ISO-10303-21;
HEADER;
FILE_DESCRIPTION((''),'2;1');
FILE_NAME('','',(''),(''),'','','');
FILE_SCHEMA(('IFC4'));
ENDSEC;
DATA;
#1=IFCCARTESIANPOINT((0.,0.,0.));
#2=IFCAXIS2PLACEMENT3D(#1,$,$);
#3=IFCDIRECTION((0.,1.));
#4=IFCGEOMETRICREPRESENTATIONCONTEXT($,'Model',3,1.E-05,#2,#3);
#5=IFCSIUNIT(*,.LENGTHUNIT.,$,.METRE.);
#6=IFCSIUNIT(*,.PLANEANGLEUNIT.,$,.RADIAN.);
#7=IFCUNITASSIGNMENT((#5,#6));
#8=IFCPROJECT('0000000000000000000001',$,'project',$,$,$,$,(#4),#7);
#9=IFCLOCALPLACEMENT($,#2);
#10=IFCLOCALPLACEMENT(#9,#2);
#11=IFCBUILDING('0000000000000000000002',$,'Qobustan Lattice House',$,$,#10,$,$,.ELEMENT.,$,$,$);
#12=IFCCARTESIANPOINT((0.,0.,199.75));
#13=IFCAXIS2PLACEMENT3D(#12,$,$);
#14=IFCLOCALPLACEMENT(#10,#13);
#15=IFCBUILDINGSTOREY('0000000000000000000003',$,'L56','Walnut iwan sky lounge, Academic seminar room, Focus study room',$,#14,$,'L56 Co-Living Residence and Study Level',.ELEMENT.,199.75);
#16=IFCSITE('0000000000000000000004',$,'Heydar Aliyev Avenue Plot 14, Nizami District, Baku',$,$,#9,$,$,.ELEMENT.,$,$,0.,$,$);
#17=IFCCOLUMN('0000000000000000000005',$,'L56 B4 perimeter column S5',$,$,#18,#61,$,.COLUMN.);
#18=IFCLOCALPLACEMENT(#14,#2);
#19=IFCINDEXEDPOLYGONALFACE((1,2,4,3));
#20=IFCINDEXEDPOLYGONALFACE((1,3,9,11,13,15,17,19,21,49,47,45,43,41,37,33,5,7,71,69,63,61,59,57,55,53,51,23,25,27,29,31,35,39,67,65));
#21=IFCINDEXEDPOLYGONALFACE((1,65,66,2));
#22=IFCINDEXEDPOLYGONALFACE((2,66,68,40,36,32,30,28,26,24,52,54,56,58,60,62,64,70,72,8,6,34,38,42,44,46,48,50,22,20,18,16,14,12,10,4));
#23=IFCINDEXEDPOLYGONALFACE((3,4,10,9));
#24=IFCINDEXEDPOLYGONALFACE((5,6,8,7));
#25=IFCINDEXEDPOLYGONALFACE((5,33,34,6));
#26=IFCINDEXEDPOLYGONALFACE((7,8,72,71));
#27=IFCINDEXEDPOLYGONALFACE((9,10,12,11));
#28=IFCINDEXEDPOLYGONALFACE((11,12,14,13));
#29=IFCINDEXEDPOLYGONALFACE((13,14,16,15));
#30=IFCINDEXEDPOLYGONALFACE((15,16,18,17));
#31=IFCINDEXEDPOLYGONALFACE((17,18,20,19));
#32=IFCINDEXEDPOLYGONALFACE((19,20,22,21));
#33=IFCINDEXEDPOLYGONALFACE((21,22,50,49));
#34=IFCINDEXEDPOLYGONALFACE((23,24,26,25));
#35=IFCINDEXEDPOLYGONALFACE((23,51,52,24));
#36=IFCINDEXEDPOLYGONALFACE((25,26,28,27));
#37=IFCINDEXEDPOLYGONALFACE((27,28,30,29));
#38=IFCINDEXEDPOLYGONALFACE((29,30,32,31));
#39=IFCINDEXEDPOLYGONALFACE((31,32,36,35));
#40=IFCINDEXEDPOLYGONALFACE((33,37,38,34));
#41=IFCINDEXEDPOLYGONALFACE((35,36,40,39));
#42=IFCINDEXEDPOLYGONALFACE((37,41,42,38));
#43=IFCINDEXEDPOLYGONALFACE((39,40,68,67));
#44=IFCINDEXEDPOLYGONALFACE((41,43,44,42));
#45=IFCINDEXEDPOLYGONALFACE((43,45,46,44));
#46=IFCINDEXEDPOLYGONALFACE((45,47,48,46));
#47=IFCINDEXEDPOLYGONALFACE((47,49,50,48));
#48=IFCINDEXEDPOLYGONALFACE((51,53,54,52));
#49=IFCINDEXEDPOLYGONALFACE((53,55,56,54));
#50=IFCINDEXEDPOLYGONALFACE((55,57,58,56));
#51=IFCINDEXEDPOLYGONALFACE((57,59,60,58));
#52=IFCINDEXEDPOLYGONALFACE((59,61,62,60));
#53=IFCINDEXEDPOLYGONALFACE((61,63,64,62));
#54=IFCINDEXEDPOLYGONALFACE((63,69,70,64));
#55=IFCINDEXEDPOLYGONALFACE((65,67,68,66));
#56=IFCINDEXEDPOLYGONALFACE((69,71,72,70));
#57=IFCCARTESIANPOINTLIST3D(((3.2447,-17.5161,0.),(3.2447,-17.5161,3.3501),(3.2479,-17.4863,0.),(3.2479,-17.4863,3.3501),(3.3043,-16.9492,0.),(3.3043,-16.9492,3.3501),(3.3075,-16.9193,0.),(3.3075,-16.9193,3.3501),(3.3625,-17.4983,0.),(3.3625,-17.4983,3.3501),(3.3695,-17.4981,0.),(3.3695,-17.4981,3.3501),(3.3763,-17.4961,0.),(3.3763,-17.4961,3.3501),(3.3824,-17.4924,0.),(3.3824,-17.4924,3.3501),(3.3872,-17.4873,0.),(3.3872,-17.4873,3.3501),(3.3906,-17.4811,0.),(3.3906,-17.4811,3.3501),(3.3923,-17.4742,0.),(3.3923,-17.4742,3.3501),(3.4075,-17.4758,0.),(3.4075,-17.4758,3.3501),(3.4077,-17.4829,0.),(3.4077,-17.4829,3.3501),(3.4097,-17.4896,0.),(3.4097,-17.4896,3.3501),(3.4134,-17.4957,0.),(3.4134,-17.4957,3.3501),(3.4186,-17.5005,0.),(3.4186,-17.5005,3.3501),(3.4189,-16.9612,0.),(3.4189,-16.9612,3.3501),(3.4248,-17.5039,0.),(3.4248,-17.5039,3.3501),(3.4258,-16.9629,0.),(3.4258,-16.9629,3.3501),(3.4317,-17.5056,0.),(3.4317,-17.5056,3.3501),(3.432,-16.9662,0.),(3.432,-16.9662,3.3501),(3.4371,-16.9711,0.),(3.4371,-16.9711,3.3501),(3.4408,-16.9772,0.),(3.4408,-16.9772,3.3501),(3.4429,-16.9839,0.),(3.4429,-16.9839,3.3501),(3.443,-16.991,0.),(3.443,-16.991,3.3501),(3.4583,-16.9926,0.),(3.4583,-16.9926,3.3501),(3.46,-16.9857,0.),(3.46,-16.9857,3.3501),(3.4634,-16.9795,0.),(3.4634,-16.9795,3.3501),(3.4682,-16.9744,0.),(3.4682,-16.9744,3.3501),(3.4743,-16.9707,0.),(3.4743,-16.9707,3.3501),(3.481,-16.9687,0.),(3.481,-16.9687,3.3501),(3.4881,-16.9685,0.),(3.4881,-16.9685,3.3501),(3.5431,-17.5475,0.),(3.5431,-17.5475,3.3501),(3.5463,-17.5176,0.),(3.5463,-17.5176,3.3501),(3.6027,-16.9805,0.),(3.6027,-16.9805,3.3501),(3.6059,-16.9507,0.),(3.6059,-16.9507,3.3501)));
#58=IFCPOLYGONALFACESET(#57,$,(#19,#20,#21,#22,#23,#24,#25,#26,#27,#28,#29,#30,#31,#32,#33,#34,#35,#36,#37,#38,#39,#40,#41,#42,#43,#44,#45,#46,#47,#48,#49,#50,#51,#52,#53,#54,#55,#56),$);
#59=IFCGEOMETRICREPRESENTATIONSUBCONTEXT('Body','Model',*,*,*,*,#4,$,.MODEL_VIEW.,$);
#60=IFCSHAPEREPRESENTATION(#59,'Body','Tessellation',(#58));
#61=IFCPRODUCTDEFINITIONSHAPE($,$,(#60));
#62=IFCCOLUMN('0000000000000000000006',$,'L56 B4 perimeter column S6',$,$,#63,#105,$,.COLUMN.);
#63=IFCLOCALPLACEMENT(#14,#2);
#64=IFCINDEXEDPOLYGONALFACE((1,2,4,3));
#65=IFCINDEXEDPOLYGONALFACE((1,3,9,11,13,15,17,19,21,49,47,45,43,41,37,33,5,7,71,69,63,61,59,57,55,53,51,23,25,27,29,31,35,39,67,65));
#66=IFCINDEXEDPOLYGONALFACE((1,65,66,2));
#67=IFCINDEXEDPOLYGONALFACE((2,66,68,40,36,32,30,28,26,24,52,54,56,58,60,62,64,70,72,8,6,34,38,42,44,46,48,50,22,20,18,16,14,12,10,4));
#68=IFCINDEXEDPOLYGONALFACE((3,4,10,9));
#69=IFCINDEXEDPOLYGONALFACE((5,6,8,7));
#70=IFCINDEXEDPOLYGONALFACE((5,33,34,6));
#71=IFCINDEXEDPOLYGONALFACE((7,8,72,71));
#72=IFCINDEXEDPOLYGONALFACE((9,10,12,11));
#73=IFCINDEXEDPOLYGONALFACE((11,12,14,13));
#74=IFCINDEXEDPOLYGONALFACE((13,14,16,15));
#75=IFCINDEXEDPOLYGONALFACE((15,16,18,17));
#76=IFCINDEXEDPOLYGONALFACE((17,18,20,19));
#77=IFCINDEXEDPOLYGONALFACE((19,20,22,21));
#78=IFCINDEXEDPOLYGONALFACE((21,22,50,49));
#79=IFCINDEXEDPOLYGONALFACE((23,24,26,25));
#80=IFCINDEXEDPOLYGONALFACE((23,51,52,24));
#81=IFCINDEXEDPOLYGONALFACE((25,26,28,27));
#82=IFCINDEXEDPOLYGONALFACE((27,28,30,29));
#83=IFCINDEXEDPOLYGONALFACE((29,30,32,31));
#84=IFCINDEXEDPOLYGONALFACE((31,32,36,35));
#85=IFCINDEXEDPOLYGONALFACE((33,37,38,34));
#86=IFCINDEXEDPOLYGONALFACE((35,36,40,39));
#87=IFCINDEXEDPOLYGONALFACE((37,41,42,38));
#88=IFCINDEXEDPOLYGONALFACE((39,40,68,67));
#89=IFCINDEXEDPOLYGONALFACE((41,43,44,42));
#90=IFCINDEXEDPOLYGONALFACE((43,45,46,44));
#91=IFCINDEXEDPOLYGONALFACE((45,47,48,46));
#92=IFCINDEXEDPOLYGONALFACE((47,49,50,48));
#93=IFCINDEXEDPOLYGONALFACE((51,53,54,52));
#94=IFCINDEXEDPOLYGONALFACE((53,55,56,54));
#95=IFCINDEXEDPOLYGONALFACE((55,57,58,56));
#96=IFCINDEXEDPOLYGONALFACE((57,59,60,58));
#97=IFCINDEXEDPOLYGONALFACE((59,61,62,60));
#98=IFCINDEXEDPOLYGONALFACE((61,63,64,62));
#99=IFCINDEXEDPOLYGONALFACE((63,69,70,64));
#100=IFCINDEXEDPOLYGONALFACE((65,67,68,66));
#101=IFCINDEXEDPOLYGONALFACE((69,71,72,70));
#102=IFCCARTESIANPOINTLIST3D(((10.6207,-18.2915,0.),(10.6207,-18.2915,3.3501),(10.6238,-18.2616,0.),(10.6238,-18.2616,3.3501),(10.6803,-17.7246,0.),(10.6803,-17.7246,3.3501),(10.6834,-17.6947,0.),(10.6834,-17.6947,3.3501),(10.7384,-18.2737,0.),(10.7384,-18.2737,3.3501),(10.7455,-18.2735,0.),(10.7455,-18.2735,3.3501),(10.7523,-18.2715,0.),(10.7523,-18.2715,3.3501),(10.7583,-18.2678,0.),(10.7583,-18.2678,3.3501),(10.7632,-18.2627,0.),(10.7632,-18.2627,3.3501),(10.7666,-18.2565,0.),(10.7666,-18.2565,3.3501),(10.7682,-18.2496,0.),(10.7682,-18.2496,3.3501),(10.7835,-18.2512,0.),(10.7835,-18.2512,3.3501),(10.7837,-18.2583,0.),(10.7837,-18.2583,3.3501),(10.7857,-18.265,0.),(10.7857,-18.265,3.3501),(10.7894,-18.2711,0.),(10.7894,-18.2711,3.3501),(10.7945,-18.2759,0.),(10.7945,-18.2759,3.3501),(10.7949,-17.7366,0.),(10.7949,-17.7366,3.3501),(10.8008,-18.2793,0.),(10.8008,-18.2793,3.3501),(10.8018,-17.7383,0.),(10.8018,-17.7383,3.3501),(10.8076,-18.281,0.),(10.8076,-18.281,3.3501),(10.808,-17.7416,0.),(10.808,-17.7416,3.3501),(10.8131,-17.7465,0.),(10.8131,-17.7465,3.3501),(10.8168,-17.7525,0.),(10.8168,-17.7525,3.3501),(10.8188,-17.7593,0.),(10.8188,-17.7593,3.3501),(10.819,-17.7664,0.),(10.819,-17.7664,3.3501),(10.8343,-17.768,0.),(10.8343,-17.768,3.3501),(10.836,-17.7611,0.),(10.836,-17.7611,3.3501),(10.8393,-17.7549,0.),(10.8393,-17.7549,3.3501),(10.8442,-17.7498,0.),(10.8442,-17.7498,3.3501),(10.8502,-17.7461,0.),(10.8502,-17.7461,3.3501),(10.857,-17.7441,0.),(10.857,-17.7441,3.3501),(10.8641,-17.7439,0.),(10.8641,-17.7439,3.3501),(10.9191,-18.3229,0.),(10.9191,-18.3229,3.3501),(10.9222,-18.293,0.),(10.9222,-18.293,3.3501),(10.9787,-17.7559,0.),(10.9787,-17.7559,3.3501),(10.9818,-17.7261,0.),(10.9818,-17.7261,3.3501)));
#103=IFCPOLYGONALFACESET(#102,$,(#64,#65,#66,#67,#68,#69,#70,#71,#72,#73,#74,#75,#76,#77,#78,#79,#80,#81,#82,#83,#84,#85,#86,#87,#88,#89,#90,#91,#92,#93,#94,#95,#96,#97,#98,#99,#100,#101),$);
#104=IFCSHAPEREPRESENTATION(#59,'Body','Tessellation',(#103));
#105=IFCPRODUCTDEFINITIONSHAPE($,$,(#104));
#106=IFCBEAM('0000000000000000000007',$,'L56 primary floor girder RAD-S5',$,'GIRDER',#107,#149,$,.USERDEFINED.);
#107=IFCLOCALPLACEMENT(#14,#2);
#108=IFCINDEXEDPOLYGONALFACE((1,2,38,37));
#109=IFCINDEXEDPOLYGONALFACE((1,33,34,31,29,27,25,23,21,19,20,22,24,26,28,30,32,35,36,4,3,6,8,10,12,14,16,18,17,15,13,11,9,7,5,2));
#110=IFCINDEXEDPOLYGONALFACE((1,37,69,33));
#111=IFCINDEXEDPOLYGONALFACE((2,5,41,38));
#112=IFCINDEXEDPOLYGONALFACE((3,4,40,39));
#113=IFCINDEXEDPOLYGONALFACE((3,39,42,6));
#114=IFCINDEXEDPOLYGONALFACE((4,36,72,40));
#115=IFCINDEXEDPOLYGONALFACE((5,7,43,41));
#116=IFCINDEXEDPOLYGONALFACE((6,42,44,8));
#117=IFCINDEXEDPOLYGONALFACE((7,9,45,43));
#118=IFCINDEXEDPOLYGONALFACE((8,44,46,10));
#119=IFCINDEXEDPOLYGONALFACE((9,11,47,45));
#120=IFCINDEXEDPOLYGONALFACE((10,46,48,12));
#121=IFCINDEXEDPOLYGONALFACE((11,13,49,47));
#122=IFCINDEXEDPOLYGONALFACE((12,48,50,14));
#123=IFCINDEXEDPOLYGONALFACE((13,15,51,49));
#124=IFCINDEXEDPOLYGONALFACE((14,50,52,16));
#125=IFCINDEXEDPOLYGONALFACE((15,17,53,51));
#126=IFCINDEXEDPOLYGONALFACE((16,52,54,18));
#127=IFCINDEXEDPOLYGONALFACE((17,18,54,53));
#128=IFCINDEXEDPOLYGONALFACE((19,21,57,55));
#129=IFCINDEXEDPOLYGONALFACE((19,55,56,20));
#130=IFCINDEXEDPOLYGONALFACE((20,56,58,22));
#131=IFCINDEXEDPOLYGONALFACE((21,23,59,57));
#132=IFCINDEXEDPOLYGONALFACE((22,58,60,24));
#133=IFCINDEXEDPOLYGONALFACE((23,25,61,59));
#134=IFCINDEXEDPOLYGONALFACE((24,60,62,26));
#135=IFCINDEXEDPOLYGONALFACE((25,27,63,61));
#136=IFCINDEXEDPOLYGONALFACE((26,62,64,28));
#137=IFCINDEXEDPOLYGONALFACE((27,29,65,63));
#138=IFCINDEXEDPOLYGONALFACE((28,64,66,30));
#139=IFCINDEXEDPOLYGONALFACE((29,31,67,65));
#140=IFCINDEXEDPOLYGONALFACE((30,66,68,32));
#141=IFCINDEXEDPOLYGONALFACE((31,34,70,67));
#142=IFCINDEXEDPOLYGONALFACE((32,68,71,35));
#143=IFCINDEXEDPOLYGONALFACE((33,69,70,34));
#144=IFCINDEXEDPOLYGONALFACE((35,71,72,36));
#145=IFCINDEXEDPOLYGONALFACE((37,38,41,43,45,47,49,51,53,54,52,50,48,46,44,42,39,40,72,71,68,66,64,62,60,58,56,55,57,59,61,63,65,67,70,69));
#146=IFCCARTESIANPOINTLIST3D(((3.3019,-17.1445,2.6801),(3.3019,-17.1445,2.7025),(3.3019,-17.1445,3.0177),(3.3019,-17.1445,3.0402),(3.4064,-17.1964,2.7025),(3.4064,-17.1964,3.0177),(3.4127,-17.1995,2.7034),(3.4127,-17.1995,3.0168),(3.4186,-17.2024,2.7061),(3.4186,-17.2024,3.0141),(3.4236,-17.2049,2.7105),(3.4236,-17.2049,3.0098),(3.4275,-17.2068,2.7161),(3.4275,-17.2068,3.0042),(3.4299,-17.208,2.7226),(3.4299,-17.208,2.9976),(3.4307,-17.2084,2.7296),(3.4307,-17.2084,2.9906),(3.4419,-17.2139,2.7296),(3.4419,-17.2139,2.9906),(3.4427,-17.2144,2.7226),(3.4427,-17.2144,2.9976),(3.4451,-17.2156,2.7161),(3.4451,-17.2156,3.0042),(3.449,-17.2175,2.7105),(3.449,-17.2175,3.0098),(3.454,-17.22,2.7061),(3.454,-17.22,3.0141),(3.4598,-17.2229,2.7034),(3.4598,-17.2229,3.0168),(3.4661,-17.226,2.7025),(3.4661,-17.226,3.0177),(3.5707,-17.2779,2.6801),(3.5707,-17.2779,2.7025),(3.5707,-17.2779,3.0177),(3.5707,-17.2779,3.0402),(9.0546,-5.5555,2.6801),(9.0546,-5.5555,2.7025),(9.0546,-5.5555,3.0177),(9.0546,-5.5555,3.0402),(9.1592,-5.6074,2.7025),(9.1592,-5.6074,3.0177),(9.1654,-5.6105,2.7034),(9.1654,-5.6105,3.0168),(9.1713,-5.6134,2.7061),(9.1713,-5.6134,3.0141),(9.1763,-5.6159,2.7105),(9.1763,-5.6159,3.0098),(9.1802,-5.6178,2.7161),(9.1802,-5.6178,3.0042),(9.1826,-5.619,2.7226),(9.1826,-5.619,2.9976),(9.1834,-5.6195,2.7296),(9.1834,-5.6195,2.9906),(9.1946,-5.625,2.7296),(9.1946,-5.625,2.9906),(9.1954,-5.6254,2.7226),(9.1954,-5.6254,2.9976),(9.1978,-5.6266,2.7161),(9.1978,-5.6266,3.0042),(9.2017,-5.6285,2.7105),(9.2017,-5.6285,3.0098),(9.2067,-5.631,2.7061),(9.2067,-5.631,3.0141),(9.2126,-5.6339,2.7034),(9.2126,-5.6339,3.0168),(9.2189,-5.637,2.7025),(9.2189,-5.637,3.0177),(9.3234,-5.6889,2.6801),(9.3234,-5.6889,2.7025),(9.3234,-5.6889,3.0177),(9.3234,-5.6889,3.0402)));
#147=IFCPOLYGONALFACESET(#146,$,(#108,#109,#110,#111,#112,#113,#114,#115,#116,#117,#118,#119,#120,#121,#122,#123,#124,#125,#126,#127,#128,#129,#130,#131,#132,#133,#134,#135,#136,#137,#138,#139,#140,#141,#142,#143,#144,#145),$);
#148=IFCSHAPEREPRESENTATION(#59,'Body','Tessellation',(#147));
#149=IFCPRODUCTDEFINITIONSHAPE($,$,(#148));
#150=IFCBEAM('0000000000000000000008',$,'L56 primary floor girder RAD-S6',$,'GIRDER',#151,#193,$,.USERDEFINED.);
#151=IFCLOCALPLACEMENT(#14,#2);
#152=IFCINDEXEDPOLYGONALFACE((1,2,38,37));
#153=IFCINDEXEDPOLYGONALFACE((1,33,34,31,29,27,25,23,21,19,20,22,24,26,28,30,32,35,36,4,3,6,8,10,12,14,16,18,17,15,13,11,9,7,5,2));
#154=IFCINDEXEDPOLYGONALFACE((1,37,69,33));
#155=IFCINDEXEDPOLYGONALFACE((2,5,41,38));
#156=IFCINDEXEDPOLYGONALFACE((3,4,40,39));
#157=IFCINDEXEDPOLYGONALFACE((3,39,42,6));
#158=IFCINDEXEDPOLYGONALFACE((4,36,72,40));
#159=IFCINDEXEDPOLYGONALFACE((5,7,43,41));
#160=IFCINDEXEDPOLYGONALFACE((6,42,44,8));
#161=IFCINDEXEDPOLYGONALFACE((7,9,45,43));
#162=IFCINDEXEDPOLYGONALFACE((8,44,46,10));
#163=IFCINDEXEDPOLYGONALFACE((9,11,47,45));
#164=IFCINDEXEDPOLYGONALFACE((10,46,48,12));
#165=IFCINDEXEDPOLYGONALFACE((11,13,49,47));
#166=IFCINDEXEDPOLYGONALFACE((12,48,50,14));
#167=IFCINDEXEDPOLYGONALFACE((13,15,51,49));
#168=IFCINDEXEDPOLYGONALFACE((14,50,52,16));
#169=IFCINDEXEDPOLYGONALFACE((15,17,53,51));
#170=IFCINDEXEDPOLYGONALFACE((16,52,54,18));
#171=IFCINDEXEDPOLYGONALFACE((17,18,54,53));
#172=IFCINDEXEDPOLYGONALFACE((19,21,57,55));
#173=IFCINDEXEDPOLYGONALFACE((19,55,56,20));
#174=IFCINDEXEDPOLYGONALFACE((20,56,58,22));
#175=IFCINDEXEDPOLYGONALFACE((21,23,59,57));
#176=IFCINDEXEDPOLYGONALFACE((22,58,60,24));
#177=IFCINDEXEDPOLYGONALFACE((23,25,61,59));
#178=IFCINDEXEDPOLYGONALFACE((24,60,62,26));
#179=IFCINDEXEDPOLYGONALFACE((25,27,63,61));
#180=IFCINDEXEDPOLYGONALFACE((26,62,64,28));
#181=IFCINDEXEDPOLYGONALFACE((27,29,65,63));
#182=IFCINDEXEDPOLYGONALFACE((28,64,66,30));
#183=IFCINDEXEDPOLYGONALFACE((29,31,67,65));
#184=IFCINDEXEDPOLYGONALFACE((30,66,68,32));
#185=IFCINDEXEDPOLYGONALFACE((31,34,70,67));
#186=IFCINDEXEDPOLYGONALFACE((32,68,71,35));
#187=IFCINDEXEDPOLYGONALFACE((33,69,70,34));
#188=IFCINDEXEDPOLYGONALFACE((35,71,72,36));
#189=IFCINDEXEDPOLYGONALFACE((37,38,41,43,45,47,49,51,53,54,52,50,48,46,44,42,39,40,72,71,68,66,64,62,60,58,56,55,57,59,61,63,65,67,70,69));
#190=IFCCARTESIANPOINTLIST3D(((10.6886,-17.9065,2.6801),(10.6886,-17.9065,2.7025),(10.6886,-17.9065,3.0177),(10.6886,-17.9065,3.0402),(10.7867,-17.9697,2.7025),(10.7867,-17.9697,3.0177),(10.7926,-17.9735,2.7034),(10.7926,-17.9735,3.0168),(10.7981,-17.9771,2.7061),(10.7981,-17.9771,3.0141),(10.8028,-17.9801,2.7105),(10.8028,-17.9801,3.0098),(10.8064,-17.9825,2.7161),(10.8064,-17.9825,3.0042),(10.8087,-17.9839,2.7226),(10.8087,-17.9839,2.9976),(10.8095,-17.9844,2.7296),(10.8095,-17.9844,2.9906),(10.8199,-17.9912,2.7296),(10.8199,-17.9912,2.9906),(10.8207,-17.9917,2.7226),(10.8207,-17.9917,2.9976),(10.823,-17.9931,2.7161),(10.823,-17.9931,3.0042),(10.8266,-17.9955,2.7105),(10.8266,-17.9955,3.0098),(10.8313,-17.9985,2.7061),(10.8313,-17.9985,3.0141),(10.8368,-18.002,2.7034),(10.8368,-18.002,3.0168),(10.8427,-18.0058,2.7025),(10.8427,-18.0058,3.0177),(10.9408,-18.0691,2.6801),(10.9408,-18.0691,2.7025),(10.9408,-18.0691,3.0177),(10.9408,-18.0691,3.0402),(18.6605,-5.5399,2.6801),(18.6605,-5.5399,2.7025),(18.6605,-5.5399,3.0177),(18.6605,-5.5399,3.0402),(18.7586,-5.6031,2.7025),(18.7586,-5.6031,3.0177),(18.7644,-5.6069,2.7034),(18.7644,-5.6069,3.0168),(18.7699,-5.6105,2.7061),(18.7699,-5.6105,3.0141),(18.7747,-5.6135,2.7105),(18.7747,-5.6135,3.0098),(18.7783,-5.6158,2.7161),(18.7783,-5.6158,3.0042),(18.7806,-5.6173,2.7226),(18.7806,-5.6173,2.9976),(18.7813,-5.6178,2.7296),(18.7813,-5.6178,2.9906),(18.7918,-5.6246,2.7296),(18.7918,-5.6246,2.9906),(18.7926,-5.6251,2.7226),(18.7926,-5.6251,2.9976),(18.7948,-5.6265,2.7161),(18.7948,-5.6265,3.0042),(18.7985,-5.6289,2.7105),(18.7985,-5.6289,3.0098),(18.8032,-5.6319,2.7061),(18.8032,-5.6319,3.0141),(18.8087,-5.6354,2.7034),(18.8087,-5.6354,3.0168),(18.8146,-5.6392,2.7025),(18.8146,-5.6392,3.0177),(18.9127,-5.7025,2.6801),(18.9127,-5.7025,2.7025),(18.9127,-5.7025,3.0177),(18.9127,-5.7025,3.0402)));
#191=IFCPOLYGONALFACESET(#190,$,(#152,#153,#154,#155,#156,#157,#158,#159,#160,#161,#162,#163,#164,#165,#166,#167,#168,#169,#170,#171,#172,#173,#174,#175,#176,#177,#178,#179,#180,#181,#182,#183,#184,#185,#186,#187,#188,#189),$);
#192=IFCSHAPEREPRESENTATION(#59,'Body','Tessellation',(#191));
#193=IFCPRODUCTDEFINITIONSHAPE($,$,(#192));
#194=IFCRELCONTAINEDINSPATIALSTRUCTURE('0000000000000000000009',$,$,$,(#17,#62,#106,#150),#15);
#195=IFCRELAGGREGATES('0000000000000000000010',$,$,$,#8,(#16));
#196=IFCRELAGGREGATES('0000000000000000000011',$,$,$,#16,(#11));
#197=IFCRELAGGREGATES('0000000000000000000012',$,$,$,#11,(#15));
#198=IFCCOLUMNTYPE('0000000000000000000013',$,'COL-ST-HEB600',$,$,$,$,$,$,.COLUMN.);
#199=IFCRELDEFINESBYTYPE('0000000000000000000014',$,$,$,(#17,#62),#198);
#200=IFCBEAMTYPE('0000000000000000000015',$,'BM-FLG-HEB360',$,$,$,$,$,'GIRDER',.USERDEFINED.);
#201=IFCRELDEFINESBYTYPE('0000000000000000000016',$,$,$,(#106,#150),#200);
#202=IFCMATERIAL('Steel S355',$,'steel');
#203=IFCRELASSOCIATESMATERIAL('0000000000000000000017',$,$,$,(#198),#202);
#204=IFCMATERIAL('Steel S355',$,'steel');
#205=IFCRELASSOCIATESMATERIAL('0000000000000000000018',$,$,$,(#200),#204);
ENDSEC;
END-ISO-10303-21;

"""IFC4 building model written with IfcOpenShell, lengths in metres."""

from ifc_helpers import new_model, si_unit, direction, frame, origin, origin_2d, place, context, subcontext, project, spatial, i_section, extrude, material, material_profile, profile_set, type_object, element, save


model = new_model("IFC4")

# Units and contexts
model_context = context("Model", 3, precision=1e-05, world=origin(), true_north=direction((0.0, 1.0)))
body_context = subcontext(model_context, "Body", "Model", "MODEL_VIEW")
ifc_project = project(units=[si_unit("LENGTHUNIT", "METRE"), si_unit("PLANEANGLEUNIT", "RADIAN")], contexts=[model_context])

# Site, building, storey
site_placement = place(None, origin())
site = spatial("IfcSite", under=ifc_project, at=site_placement, Name="Heydar Aliyev Avenue Plot 14, Nizami District, Baku", CompositionType="ELEMENT", RefElevation=0.0)
building_placement = place(site_placement, origin())
building = spatial("IfcBuilding", under=site, at=building_placement, Name="Qobustan Lattice House", CompositionType="ELEMENT")
storey_placement = place(building_placement, frame((0.0, 0.0, 199.75)))
storey = spatial("IfcBuildingStorey", under=building, at=storey_placement, Name="L56", Description="Walnut iwan sky lounge, Academic seminar room, Focus study room", LongName="L56 Co-Living Residence and Study Level", CompositionType="ELEMENT", Elevation=199.75)

# Columns
ifc_material_1 = material(Name="Steel S355", Category="steel")
ifc_material_profile_1 = material_profile(ifc_material_1, i_section(OverallWidth=0.3, OverallDepth=0.6001, WebThickness=0.0154, FlangeThickness=0.03, FilletRadius=0.0271, at=origin_2d()), Name="HEB600")
ifc_profile_set_1 = profile_set([ifc_material_profile_1], Name="Steel S355")
column_type = type_object("IfcColumnType", Name="COL-ST-HEB600", PredefinedType="COLUMN", material=ifc_profile_set_1)
for number, where, z_axis, x_axis, name in (
    (1, (3.4253, -17.2334, 0.0), (0.0, 0.0, 1.0), (0.994522, -0.104528, 0.0), "L56 B4 perimeter column S5"),
    (2, (10.8013, -18.0088, 0.0), (0.0, 0.0, 1.0), (0.994522, -0.104528, 0.0), "L56 B4 perimeter column S6"),
):
    element("IfcColumn", number, at=place(storey_placement, frame(where, z_axis=z_axis, x_axis=x_axis)), inside=storey, type_object=column_type, Name=name, PredefinedType="COLUMN", context=body_context, shape_type="SweptSolid", body=[
        extrude(i_section(OverallWidth=0.3, OverallDepth=0.6001, WebThickness=0.0154, FlangeThickness=0.03, FilletRadius=0.0271, at=origin_2d()), origin(), (0.0, 0.0, 1.0), 3.3501),
    ])

# Beams
ifc_material_2 = material(Name="Steel S355", Category="steel")
ifc_material_profile_2 = material_profile(ifc_material_2, i_section(OverallWidth=0.3, OverallDepth=0.3601, WebThickness=0.0125, FlangeThickness=0.0225, FilletRadius=0.0271, at=origin_2d()), Name="HEB360")
ifc_profile_set_2 = profile_set([ifc_material_profile_2], Name="Steel S355")
beam_type_1 = type_object("IfcBeamType", Name="BM-FLG-HEB360", ElementType="GIRDER", PredefinedType="USERDEFINED", material=ifc_profile_set_2)
beam_1_placement = place(storey_placement, frame((3.4363, -17.2112, 2.8601), z_axis=(0.44463, 0.895714, 0.0), x_axis=(-0.895714, 0.44463, 0.0)))
element("IfcBeam", 3, at=beam_1_placement, inside=storey, type_object=beam_type_1, Name="L56 primary floor girder RAD-S5", ObjectType="GIRDER", PredefinedType="USERDEFINED", context=body_context, shape_type="SweptSolid", body=[
    extrude(i_section(OverallWidth=0.3, OverallDepth=0.3601, WebThickness=0.0125, FlangeThickness=0.0225, FilletRadius=0.0271, at=origin_2d()), origin(), (0.0, 0.0, 1.0), 12.9382),
])
beam_2_placement = place(storey_placement, frame((10.8147, -17.9878, 2.8601), z_axis=(0.54181, 0.840501, 0.0), x_axis=(-0.840501, 0.54181, 0.0)))
element("IfcBeam", 4, at=beam_2_placement, inside=storey, type_object=beam_type_1, Name="L56 primary floor girder RAD-S6", ObjectType="GIRDER", PredefinedType="USERDEFINED", context=body_context, shape_type="SweptSolid", body=[
    extrude(i_section(OverallWidth=0.3, OverallDepth=0.3601, WebThickness=0.0125, FlangeThickness=0.0225, FilletRadius=0.0271, at=origin_2d()), origin(), (0.0, 0.0, 1.0), 14.7134),
])

save(model, "model.ifc")
